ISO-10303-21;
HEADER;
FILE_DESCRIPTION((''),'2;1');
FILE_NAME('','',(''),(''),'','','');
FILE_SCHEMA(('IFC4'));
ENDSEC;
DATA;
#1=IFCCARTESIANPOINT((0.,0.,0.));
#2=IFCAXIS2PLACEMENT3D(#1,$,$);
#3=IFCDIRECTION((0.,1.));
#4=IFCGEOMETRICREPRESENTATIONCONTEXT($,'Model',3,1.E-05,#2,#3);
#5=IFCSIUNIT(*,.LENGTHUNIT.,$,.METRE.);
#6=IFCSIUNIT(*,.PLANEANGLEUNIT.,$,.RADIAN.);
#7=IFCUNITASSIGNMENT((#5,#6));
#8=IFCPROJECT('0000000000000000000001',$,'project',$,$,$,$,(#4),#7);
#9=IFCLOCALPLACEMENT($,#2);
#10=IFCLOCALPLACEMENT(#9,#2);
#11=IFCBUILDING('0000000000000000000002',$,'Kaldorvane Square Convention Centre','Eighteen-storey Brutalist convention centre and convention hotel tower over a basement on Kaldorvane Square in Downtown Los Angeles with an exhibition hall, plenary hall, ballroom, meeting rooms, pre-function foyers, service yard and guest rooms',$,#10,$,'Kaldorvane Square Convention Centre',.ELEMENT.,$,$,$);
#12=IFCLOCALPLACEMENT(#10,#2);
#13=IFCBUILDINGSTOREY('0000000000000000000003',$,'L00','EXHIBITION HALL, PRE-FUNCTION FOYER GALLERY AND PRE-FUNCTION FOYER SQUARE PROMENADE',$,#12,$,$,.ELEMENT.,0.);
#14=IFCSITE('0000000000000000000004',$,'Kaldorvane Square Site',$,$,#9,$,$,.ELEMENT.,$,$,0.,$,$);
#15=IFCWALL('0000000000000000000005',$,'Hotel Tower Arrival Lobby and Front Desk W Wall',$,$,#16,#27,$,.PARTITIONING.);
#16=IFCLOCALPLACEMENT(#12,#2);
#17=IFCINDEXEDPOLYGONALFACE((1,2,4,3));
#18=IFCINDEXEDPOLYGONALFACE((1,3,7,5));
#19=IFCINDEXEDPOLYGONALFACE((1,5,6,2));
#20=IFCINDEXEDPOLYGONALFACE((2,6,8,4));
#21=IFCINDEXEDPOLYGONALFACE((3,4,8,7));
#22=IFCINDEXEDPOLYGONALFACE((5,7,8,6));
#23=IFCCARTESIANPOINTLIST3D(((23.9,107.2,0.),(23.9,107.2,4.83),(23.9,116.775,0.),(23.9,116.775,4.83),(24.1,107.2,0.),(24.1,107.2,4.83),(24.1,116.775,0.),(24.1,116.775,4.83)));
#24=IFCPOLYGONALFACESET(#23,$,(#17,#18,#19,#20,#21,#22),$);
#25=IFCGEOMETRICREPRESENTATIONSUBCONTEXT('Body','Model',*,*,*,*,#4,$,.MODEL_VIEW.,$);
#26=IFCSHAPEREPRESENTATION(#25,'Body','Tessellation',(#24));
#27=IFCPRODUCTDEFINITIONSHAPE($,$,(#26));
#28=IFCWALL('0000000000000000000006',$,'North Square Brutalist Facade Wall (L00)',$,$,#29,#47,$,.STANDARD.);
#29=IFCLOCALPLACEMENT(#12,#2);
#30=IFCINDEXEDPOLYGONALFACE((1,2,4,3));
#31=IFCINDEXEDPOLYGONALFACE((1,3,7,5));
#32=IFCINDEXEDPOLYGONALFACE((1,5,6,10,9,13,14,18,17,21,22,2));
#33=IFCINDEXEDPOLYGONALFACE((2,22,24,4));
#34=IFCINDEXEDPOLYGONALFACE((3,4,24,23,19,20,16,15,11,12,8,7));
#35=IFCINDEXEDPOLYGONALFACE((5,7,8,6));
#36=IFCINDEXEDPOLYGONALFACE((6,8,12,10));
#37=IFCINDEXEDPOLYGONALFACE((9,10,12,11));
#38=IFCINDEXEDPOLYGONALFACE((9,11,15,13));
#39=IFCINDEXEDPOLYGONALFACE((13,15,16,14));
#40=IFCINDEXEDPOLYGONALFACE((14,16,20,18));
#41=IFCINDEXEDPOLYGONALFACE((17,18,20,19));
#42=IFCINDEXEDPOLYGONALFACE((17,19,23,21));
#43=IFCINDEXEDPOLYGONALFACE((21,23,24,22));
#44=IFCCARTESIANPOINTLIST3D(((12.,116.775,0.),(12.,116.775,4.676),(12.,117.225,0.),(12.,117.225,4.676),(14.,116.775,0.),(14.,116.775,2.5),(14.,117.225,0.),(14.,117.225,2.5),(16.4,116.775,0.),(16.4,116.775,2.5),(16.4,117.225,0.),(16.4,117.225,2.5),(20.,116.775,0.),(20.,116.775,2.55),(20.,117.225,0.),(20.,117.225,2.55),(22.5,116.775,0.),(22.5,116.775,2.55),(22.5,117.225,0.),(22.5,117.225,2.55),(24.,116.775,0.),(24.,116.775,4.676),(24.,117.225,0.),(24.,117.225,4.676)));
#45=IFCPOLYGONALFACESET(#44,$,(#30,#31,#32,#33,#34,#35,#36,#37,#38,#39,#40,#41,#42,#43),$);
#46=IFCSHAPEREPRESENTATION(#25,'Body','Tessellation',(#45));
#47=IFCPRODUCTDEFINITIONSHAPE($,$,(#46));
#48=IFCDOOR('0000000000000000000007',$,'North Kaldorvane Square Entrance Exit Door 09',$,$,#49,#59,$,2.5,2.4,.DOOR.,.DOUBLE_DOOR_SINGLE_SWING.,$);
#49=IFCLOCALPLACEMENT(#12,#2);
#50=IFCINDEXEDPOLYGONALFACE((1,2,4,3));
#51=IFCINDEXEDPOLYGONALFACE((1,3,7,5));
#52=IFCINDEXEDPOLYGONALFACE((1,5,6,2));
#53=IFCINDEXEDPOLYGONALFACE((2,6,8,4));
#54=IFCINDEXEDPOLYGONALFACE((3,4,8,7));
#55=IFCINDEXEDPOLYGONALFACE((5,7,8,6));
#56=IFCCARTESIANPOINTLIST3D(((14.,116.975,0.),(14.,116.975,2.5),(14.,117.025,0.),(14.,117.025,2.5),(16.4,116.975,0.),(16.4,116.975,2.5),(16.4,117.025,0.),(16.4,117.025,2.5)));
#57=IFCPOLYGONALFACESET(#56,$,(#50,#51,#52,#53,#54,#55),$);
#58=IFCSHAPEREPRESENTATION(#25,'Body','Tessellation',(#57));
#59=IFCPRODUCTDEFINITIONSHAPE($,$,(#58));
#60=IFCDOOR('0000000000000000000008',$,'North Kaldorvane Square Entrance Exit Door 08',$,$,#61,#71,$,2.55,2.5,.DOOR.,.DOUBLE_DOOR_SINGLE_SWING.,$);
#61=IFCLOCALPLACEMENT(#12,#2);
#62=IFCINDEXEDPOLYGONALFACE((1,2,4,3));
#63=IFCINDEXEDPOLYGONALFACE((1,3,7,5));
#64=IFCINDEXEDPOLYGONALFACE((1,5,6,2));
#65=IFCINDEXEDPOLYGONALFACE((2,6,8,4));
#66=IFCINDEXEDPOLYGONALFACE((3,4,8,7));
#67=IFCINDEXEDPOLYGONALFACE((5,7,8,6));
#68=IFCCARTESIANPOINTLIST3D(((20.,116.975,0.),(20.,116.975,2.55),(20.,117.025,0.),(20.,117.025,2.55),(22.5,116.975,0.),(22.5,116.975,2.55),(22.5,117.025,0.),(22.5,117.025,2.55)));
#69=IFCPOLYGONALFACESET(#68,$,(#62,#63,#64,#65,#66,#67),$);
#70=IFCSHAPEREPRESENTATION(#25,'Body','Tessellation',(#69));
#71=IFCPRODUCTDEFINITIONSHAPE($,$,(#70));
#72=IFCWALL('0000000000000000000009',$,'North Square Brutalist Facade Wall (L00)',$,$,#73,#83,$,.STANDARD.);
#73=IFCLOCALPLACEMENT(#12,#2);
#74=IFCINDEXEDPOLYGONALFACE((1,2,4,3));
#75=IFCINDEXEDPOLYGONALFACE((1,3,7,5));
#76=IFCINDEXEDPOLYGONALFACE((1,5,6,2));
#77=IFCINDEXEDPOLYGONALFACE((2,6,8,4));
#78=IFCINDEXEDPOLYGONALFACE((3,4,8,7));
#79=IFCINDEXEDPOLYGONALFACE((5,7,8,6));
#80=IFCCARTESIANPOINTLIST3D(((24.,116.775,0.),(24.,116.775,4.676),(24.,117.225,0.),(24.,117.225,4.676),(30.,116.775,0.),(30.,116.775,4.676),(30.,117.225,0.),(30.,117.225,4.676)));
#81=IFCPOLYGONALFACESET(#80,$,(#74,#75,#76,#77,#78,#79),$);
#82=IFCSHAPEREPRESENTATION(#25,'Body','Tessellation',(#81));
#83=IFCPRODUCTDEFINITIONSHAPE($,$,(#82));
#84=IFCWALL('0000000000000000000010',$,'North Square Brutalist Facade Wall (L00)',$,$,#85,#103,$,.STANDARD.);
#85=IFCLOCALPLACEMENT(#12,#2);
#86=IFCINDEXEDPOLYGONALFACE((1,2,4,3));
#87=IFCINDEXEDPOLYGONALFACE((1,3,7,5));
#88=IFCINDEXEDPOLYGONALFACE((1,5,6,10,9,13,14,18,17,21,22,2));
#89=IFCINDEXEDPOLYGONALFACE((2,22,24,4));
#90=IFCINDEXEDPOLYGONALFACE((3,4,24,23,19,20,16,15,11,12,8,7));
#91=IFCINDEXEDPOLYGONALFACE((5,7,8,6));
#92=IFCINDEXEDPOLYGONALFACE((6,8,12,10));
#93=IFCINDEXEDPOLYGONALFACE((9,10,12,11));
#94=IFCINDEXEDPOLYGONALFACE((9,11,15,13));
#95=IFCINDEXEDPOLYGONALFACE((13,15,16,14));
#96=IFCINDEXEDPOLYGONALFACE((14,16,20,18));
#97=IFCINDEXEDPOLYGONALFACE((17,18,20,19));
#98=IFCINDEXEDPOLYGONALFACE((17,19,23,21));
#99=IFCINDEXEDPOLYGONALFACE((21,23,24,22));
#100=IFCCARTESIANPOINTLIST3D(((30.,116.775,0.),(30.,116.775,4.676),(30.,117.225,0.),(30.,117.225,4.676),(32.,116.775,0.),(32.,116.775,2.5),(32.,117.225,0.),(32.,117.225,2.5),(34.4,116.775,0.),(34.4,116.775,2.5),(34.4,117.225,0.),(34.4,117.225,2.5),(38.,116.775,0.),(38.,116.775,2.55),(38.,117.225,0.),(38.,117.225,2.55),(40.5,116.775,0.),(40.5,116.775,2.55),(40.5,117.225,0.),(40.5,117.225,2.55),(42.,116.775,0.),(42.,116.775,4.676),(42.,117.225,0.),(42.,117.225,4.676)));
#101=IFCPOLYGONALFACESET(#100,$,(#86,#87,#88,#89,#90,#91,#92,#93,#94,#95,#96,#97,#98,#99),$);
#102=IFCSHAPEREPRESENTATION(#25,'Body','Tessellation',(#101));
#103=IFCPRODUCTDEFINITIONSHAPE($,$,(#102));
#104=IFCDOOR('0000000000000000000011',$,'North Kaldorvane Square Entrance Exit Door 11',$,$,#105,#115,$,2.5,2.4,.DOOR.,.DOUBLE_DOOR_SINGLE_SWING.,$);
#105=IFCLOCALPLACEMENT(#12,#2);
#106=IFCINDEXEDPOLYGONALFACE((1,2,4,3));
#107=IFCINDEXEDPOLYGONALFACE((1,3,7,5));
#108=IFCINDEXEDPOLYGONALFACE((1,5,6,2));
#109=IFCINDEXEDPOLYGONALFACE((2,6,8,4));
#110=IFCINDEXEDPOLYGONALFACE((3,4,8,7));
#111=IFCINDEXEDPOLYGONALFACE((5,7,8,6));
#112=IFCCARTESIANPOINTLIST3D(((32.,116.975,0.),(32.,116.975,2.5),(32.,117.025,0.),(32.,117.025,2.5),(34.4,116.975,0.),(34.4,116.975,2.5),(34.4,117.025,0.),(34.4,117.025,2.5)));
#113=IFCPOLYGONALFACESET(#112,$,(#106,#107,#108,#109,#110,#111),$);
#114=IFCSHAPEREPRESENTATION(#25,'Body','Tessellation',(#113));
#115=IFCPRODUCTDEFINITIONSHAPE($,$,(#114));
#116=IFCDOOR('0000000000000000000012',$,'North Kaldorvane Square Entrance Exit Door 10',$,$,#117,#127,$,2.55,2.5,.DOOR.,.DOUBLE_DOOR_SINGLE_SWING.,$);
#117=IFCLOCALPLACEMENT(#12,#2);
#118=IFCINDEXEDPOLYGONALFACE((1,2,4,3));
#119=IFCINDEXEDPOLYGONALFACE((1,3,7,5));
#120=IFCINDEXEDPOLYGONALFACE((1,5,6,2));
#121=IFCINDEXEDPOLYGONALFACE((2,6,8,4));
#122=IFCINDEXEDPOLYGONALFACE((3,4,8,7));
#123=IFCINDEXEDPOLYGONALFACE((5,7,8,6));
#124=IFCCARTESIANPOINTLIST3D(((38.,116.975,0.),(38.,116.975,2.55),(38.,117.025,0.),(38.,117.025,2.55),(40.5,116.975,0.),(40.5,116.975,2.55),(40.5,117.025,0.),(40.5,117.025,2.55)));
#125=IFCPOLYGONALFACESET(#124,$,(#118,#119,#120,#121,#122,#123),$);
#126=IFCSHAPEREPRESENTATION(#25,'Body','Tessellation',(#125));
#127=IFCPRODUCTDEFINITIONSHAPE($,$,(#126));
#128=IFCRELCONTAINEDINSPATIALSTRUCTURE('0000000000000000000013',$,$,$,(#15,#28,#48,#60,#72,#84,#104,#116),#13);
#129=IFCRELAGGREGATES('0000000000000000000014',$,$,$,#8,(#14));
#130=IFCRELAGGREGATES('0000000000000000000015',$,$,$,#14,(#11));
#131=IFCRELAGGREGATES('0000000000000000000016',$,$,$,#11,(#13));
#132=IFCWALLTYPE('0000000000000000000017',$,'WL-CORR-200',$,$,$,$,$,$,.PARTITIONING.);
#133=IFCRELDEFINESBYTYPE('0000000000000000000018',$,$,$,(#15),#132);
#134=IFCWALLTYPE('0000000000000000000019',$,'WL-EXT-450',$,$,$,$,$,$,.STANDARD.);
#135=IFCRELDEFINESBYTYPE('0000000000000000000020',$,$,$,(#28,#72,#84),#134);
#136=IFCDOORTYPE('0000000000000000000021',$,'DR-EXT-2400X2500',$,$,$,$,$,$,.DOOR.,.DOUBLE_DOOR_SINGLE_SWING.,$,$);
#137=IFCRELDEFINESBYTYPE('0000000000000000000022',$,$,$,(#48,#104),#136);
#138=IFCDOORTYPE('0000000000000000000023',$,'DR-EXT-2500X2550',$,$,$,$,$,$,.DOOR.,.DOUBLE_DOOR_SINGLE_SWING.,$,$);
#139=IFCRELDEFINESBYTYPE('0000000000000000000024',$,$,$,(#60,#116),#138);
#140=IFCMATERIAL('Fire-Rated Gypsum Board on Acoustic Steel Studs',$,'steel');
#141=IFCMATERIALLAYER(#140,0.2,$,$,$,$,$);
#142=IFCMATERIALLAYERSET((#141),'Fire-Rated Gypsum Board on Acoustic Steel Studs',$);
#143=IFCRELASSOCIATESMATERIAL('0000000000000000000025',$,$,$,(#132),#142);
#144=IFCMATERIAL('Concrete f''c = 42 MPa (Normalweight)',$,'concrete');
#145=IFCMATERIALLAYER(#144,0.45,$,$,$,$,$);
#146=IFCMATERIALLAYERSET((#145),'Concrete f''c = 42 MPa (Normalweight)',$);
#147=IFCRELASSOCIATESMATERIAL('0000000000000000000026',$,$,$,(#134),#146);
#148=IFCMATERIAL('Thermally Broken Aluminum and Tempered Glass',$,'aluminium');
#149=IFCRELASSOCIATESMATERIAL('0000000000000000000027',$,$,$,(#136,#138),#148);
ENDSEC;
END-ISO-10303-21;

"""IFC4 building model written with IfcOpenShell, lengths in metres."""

from ifc_helpers import new_model, si_unit, direction, frame, frame_2d, origin, place, context, subcontext, project, spatial, rectangle, extrude, material, layer, layer_set, type_object, element, fill, save


model = new_model("IFC4")

# Units and contexts
model_context = context("Model", 3, precision=1e-05, world=origin(), true_north=direction((0.0, 1.0)))
body_context = subcontext(model_context, "Body", "Model", "MODEL_VIEW")
ifc_project = project(units=[si_unit("LENGTHUNIT", "METRE"), si_unit("PLANEANGLEUNIT", "RADIAN")], contexts=[model_context])

# Site, building, storey
site_placement = place(None, origin())
site = spatial("IfcSite", under=ifc_project, at=site_placement, Name="Kaldorvane Square Site", CompositionType="ELEMENT", RefElevation=0.0)
building_placement = place(site_placement, origin())
building = spatial("IfcBuilding", under=site, at=building_placement, Name="Kaldorvane Square Convention Centre", Description="Eighteen-storey Brutalist convention centre and convention hotel tower over a basement on Kaldorvane Square in Downtown Los Angeles with an exhibition hall, plenary hall, ballroom, meeting rooms, pre-function foyers, service yard and guest rooms", LongName="Kaldorvane Square Convention Centre", CompositionType="ELEMENT")
storey_placement = place(building_placement, origin())
storey = spatial("IfcBuildingStorey", under=building, at=storey_placement, Name="L00", Description="EXHIBITION HALL, PRE-FUNCTION FOYER GALLERY AND PRE-FUNCTION FOYER SQUARE PROMENADE", CompositionType="ELEMENT", Elevation=0.0)

# Shared definitions
ifc_material_1 = material(Name="Concrete f'c = 42 MPa (Normalweight)", Category="concrete")

# Wall
ifc_material_2 = material(Name="Fire-Rated Gypsum Board on Acoustic Steel Studs", Category="steel")
ifc_layer_1 = layer(ifc_material_2, 0.2)
ifc_layer_set_1 = layer_set([ifc_layer_1], Name="Fire-Rated Gypsum Board on Acoustic Steel Studs")
wall_type_1 = type_object("IfcWallType", Name="WL-CORR-200", PredefinedType="PARTITIONING", material=ifc_layer_set_1)
wall_1_placement = place(storey_placement, frame((24.0, 116.775, 0.0), z_axis=(0.0, 0.0, 1.0), x_axis=(0.0, -1.0, 0.0)))
element("IfcWall", 1, at=wall_1_placement, inside=storey, type_object=wall_type_1, Name="Hotel Tower Arrival Lobby and Front Desk W Wall", PredefinedType="PARTITIONING", context=body_context, shape_type="SweptSolid", body=[
    extrude(rectangle(XDim=9.575, YDim=0.2, at=frame_2d((4.7875, 0.0))), origin(), (0.0, 0.0, 1.0), 4.83),
])

# Wall, openings, doors
ifc_layer_2 = layer(ifc_material_1, 0.45)
ifc_layer_set_2 = layer_set([ifc_layer_2], Name="Concrete f'c = 42 MPa (Normalweight)")
wall_type_2 = type_object("IfcWallType", Name="WL-EXT-450", PredefinedType="STANDARD", material=ifc_layer_set_2)
wall_2_placement = place(storey_placement, frame((24.0, 117.0, 0.0), z_axis=(0.0, 0.0, 1.0), x_axis=(-1.0, 0.0, 0.0)))
wall_2 = element("IfcWall", 2, at=wall_2_placement, inside=storey, type_object=wall_type_2, Name="North Square Brutalist Facade Wall (L00)", PredefinedType="STANDARD", context=body_context, shape_type="SweptSolid", body=[
    extrude(rectangle(XDim=12.0, YDim=0.45, at=frame_2d((6.0, 0.0))), origin(), (0.0, 0.0, 1.0), 4.676),
])
opening_1_placement = place(wall_2_placement, frame((1.5, 0.0, 0.0)))
opening_1 = element("IfcOpeningElement", 3, at=opening_1_placement, cuts=wall_2, PredefinedType="OPENING", context=body_context, shape_type="SweptSolid", body=[
    extrude(rectangle(XDim=2.5, YDim=2.55, at=frame_2d((1.25, 1.275))), frame((0.0, 0.24, 0.0), z_axis=(0.0, -1.0, 0.0), x_axis=(1.0, 0.0, 0.0)), (0.0, 0.0, 1.0), 0.48),
])
opening_2_placement = place(wall_2_placement, frame((7.6, 0.0, 0.0)))
opening_2 = element("IfcOpeningElement", 4, at=opening_2_placement, cuts=wall_2, PredefinedType="OPENING", context=body_context, shape_type="SweptSolid", body=[
    extrude(rectangle(XDim=2.4, YDim=2.5, at=frame_2d((1.2, 1.25))), frame((0.0, 0.24, 0.0), z_axis=(0.0, -1.0, 0.0), x_axis=(1.0, 0.0, 0.0)), (0.0, 0.0, 1.0), 0.48),
])
ifc_material_3 = material(Name="Thermally Broken Aluminum and Tempered Glass", Category="aluminium")
door_type_1 = type_object("IfcDoorType", Name="DR-EXT-2400X2500", OperationType="DOUBLE_DOOR_SINGLE_SWING", PredefinedType="DOOR", material=ifc_material_3)
door_1_placement = place(opening_2_placement, origin())
door_1 = element("IfcDoor", 5, at=door_1_placement, inside=storey, type_object=door_type_1, Name="North Kaldorvane Square Entrance Exit Door 09", OperationType="DOUBLE_DOOR_SINGLE_SWING", OverallHeight=2.5, OverallWidth=2.4, PredefinedType="DOOR", context=body_context, shape_type="SweptSolid", body=[
    extrude(rectangle(XDim=2.4, YDim=2.5, at=frame_2d((1.2, 1.25))), frame((0.0, 0.025, 0.0), z_axis=(0.0, -1.0, 0.0), x_axis=(1.0, 0.0, 0.0)), (0.0, 0.0, 1.0), 0.05),
])
fill(opening_2, door_1)
door_type_2 = type_object("IfcDoorType", Name="DR-EXT-2500X2550", OperationType="DOUBLE_DOOR_SINGLE_SWING", PredefinedType="DOOR", material=ifc_material_3)
door_2_placement = place(opening_1_placement, origin())
door_2 = element("IfcDoor", 6, at=door_2_placement, inside=storey, type_object=door_type_2, Name="North Kaldorvane Square Entrance Exit Door 08", OperationType="DOUBLE_DOOR_SINGLE_SWING", OverallHeight=2.55, OverallWidth=2.5, PredefinedType="DOOR", context=body_context, shape_type="SweptSolid", body=[
    extrude(rectangle(XDim=2.5, YDim=2.55, at=frame_2d((1.25, 1.275))), frame((0.0, 0.025, 0.0), z_axis=(0.0, -1.0, 0.0), x_axis=(1.0, 0.0, 0.0)), (0.0, 0.0, 1.0), 0.05),
])
fill(opening_1, door_2)

# Wall
wall_3_placement = place(storey_placement, frame((30.0, 117.0, 0.0), z_axis=(0.0, 0.0, 1.0), x_axis=(-1.0, 0.0, 0.0)))
element("IfcWall", 7, at=wall_3_placement, inside=storey, type_object=wall_type_2, Name="North Square Brutalist Facade Wall (L00)", PredefinedType="STANDARD", context=body_context, shape_type="SweptSolid", body=[
    extrude(rectangle(XDim=6.0, YDim=0.45, at=frame_2d((3.0, 0.0))), origin(), (0.0, 0.0, 1.0), 4.676),
])

# Wall, openings, doors
wall_4_placement = place(storey_placement, frame((42.0, 117.0, 0.0), z_axis=(0.0, 0.0, 1.0), x_axis=(-1.0, 0.0, 0.0)))
wall_4 = element("IfcWall", 8, at=wall_4_placement, inside=storey, type_object=wall_type_2, Name="North Square Brutalist Facade Wall (L00)", PredefinedType="STANDARD", context=body_context, shape_type="SweptSolid", body=[
    extrude(rectangle(XDim=12.0, YDim=0.45, at=frame_2d((6.0, 0.0))), origin(), (0.0, 0.0, 1.0), 4.676),
])
opening_3_placement = place(wall_4_placement, frame((1.5, 0.0, 0.0)))
opening_3 = element("IfcOpeningElement", 9, at=opening_3_placement, cuts=wall_4, PredefinedType="OPENING", context=body_context, shape_type="SweptSolid", body=[
    extrude(rectangle(XDim=2.5, YDim=2.55, at=frame_2d((1.25, 1.275))), frame((0.0, 0.24, 0.0), z_axis=(0.0, -1.0, 0.0), x_axis=(1.0, 0.0, 0.0)), (0.0, 0.0, 1.0), 0.48),
])
opening_4_placement = place(wall_4_placement, frame((7.6, 0.0, 0.0)))
opening_4 = element("IfcOpeningElement", 10, at=opening_4_placement, cuts=wall_4, PredefinedType="OPENING", context=body_context, shape_type="SweptSolid", body=[
    extrude(rectangle(XDim=2.4, YDim=2.5, at=frame_2d((1.2, 1.25))), frame((0.0, 0.24, 0.0), z_axis=(0.0, -1.0, 0.0), x_axis=(1.0, 0.0, 0.0)), (0.0, 0.0, 1.0), 0.48),
])
door_3_placement = place(opening_4_placement, origin())
door_3 = element("IfcDoor", 11, at=door_3_placement, inside=storey, type_object=door_type_1, Name="North Kaldorvane Square Entrance Exit Door 11", OperationType="DOUBLE_DOOR_SINGLE_SWING", OverallHeight=2.5, OverallWidth=2.4, PredefinedType="DOOR", context=body_context, shape_type="SweptSolid", body=[
    extrude(rectangle(XDim=2.4, YDim=2.5, at=frame_2d((1.2, 1.25))), frame((0.0, 0.025, 0.0), z_axis=(0.0, -1.0, 0.0), x_axis=(1.0, 0.0, 0.0)), (0.0, 0.0, 1.0), 0.05),
])
fill(opening_4, door_3)
door_4_placement = place(opening_3_placement, origin())
door_4 = element("IfcDoor", 12, at=door_4_placement, inside=storey, type_object=door_type_2, Name="North Kaldorvane Square Entrance Exit Door 10", OperationType="DOUBLE_DOOR_SINGLE_SWING", OverallHeight=2.55, OverallWidth=2.5, PredefinedType="DOOR", context=body_context, shape_type="SweptSolid", body=[
    extrude(rectangle(XDim=2.5, YDim=2.55, at=frame_2d((1.25, 1.275))), frame((0.0, 0.025, 0.0), z_axis=(0.0, -1.0, 0.0), x_axis=(1.0, 0.0, 0.0)), (0.0, 0.0, 1.0), 0.05),
])
fill(opening_3, door_4)

save(model, "model.ifc")
